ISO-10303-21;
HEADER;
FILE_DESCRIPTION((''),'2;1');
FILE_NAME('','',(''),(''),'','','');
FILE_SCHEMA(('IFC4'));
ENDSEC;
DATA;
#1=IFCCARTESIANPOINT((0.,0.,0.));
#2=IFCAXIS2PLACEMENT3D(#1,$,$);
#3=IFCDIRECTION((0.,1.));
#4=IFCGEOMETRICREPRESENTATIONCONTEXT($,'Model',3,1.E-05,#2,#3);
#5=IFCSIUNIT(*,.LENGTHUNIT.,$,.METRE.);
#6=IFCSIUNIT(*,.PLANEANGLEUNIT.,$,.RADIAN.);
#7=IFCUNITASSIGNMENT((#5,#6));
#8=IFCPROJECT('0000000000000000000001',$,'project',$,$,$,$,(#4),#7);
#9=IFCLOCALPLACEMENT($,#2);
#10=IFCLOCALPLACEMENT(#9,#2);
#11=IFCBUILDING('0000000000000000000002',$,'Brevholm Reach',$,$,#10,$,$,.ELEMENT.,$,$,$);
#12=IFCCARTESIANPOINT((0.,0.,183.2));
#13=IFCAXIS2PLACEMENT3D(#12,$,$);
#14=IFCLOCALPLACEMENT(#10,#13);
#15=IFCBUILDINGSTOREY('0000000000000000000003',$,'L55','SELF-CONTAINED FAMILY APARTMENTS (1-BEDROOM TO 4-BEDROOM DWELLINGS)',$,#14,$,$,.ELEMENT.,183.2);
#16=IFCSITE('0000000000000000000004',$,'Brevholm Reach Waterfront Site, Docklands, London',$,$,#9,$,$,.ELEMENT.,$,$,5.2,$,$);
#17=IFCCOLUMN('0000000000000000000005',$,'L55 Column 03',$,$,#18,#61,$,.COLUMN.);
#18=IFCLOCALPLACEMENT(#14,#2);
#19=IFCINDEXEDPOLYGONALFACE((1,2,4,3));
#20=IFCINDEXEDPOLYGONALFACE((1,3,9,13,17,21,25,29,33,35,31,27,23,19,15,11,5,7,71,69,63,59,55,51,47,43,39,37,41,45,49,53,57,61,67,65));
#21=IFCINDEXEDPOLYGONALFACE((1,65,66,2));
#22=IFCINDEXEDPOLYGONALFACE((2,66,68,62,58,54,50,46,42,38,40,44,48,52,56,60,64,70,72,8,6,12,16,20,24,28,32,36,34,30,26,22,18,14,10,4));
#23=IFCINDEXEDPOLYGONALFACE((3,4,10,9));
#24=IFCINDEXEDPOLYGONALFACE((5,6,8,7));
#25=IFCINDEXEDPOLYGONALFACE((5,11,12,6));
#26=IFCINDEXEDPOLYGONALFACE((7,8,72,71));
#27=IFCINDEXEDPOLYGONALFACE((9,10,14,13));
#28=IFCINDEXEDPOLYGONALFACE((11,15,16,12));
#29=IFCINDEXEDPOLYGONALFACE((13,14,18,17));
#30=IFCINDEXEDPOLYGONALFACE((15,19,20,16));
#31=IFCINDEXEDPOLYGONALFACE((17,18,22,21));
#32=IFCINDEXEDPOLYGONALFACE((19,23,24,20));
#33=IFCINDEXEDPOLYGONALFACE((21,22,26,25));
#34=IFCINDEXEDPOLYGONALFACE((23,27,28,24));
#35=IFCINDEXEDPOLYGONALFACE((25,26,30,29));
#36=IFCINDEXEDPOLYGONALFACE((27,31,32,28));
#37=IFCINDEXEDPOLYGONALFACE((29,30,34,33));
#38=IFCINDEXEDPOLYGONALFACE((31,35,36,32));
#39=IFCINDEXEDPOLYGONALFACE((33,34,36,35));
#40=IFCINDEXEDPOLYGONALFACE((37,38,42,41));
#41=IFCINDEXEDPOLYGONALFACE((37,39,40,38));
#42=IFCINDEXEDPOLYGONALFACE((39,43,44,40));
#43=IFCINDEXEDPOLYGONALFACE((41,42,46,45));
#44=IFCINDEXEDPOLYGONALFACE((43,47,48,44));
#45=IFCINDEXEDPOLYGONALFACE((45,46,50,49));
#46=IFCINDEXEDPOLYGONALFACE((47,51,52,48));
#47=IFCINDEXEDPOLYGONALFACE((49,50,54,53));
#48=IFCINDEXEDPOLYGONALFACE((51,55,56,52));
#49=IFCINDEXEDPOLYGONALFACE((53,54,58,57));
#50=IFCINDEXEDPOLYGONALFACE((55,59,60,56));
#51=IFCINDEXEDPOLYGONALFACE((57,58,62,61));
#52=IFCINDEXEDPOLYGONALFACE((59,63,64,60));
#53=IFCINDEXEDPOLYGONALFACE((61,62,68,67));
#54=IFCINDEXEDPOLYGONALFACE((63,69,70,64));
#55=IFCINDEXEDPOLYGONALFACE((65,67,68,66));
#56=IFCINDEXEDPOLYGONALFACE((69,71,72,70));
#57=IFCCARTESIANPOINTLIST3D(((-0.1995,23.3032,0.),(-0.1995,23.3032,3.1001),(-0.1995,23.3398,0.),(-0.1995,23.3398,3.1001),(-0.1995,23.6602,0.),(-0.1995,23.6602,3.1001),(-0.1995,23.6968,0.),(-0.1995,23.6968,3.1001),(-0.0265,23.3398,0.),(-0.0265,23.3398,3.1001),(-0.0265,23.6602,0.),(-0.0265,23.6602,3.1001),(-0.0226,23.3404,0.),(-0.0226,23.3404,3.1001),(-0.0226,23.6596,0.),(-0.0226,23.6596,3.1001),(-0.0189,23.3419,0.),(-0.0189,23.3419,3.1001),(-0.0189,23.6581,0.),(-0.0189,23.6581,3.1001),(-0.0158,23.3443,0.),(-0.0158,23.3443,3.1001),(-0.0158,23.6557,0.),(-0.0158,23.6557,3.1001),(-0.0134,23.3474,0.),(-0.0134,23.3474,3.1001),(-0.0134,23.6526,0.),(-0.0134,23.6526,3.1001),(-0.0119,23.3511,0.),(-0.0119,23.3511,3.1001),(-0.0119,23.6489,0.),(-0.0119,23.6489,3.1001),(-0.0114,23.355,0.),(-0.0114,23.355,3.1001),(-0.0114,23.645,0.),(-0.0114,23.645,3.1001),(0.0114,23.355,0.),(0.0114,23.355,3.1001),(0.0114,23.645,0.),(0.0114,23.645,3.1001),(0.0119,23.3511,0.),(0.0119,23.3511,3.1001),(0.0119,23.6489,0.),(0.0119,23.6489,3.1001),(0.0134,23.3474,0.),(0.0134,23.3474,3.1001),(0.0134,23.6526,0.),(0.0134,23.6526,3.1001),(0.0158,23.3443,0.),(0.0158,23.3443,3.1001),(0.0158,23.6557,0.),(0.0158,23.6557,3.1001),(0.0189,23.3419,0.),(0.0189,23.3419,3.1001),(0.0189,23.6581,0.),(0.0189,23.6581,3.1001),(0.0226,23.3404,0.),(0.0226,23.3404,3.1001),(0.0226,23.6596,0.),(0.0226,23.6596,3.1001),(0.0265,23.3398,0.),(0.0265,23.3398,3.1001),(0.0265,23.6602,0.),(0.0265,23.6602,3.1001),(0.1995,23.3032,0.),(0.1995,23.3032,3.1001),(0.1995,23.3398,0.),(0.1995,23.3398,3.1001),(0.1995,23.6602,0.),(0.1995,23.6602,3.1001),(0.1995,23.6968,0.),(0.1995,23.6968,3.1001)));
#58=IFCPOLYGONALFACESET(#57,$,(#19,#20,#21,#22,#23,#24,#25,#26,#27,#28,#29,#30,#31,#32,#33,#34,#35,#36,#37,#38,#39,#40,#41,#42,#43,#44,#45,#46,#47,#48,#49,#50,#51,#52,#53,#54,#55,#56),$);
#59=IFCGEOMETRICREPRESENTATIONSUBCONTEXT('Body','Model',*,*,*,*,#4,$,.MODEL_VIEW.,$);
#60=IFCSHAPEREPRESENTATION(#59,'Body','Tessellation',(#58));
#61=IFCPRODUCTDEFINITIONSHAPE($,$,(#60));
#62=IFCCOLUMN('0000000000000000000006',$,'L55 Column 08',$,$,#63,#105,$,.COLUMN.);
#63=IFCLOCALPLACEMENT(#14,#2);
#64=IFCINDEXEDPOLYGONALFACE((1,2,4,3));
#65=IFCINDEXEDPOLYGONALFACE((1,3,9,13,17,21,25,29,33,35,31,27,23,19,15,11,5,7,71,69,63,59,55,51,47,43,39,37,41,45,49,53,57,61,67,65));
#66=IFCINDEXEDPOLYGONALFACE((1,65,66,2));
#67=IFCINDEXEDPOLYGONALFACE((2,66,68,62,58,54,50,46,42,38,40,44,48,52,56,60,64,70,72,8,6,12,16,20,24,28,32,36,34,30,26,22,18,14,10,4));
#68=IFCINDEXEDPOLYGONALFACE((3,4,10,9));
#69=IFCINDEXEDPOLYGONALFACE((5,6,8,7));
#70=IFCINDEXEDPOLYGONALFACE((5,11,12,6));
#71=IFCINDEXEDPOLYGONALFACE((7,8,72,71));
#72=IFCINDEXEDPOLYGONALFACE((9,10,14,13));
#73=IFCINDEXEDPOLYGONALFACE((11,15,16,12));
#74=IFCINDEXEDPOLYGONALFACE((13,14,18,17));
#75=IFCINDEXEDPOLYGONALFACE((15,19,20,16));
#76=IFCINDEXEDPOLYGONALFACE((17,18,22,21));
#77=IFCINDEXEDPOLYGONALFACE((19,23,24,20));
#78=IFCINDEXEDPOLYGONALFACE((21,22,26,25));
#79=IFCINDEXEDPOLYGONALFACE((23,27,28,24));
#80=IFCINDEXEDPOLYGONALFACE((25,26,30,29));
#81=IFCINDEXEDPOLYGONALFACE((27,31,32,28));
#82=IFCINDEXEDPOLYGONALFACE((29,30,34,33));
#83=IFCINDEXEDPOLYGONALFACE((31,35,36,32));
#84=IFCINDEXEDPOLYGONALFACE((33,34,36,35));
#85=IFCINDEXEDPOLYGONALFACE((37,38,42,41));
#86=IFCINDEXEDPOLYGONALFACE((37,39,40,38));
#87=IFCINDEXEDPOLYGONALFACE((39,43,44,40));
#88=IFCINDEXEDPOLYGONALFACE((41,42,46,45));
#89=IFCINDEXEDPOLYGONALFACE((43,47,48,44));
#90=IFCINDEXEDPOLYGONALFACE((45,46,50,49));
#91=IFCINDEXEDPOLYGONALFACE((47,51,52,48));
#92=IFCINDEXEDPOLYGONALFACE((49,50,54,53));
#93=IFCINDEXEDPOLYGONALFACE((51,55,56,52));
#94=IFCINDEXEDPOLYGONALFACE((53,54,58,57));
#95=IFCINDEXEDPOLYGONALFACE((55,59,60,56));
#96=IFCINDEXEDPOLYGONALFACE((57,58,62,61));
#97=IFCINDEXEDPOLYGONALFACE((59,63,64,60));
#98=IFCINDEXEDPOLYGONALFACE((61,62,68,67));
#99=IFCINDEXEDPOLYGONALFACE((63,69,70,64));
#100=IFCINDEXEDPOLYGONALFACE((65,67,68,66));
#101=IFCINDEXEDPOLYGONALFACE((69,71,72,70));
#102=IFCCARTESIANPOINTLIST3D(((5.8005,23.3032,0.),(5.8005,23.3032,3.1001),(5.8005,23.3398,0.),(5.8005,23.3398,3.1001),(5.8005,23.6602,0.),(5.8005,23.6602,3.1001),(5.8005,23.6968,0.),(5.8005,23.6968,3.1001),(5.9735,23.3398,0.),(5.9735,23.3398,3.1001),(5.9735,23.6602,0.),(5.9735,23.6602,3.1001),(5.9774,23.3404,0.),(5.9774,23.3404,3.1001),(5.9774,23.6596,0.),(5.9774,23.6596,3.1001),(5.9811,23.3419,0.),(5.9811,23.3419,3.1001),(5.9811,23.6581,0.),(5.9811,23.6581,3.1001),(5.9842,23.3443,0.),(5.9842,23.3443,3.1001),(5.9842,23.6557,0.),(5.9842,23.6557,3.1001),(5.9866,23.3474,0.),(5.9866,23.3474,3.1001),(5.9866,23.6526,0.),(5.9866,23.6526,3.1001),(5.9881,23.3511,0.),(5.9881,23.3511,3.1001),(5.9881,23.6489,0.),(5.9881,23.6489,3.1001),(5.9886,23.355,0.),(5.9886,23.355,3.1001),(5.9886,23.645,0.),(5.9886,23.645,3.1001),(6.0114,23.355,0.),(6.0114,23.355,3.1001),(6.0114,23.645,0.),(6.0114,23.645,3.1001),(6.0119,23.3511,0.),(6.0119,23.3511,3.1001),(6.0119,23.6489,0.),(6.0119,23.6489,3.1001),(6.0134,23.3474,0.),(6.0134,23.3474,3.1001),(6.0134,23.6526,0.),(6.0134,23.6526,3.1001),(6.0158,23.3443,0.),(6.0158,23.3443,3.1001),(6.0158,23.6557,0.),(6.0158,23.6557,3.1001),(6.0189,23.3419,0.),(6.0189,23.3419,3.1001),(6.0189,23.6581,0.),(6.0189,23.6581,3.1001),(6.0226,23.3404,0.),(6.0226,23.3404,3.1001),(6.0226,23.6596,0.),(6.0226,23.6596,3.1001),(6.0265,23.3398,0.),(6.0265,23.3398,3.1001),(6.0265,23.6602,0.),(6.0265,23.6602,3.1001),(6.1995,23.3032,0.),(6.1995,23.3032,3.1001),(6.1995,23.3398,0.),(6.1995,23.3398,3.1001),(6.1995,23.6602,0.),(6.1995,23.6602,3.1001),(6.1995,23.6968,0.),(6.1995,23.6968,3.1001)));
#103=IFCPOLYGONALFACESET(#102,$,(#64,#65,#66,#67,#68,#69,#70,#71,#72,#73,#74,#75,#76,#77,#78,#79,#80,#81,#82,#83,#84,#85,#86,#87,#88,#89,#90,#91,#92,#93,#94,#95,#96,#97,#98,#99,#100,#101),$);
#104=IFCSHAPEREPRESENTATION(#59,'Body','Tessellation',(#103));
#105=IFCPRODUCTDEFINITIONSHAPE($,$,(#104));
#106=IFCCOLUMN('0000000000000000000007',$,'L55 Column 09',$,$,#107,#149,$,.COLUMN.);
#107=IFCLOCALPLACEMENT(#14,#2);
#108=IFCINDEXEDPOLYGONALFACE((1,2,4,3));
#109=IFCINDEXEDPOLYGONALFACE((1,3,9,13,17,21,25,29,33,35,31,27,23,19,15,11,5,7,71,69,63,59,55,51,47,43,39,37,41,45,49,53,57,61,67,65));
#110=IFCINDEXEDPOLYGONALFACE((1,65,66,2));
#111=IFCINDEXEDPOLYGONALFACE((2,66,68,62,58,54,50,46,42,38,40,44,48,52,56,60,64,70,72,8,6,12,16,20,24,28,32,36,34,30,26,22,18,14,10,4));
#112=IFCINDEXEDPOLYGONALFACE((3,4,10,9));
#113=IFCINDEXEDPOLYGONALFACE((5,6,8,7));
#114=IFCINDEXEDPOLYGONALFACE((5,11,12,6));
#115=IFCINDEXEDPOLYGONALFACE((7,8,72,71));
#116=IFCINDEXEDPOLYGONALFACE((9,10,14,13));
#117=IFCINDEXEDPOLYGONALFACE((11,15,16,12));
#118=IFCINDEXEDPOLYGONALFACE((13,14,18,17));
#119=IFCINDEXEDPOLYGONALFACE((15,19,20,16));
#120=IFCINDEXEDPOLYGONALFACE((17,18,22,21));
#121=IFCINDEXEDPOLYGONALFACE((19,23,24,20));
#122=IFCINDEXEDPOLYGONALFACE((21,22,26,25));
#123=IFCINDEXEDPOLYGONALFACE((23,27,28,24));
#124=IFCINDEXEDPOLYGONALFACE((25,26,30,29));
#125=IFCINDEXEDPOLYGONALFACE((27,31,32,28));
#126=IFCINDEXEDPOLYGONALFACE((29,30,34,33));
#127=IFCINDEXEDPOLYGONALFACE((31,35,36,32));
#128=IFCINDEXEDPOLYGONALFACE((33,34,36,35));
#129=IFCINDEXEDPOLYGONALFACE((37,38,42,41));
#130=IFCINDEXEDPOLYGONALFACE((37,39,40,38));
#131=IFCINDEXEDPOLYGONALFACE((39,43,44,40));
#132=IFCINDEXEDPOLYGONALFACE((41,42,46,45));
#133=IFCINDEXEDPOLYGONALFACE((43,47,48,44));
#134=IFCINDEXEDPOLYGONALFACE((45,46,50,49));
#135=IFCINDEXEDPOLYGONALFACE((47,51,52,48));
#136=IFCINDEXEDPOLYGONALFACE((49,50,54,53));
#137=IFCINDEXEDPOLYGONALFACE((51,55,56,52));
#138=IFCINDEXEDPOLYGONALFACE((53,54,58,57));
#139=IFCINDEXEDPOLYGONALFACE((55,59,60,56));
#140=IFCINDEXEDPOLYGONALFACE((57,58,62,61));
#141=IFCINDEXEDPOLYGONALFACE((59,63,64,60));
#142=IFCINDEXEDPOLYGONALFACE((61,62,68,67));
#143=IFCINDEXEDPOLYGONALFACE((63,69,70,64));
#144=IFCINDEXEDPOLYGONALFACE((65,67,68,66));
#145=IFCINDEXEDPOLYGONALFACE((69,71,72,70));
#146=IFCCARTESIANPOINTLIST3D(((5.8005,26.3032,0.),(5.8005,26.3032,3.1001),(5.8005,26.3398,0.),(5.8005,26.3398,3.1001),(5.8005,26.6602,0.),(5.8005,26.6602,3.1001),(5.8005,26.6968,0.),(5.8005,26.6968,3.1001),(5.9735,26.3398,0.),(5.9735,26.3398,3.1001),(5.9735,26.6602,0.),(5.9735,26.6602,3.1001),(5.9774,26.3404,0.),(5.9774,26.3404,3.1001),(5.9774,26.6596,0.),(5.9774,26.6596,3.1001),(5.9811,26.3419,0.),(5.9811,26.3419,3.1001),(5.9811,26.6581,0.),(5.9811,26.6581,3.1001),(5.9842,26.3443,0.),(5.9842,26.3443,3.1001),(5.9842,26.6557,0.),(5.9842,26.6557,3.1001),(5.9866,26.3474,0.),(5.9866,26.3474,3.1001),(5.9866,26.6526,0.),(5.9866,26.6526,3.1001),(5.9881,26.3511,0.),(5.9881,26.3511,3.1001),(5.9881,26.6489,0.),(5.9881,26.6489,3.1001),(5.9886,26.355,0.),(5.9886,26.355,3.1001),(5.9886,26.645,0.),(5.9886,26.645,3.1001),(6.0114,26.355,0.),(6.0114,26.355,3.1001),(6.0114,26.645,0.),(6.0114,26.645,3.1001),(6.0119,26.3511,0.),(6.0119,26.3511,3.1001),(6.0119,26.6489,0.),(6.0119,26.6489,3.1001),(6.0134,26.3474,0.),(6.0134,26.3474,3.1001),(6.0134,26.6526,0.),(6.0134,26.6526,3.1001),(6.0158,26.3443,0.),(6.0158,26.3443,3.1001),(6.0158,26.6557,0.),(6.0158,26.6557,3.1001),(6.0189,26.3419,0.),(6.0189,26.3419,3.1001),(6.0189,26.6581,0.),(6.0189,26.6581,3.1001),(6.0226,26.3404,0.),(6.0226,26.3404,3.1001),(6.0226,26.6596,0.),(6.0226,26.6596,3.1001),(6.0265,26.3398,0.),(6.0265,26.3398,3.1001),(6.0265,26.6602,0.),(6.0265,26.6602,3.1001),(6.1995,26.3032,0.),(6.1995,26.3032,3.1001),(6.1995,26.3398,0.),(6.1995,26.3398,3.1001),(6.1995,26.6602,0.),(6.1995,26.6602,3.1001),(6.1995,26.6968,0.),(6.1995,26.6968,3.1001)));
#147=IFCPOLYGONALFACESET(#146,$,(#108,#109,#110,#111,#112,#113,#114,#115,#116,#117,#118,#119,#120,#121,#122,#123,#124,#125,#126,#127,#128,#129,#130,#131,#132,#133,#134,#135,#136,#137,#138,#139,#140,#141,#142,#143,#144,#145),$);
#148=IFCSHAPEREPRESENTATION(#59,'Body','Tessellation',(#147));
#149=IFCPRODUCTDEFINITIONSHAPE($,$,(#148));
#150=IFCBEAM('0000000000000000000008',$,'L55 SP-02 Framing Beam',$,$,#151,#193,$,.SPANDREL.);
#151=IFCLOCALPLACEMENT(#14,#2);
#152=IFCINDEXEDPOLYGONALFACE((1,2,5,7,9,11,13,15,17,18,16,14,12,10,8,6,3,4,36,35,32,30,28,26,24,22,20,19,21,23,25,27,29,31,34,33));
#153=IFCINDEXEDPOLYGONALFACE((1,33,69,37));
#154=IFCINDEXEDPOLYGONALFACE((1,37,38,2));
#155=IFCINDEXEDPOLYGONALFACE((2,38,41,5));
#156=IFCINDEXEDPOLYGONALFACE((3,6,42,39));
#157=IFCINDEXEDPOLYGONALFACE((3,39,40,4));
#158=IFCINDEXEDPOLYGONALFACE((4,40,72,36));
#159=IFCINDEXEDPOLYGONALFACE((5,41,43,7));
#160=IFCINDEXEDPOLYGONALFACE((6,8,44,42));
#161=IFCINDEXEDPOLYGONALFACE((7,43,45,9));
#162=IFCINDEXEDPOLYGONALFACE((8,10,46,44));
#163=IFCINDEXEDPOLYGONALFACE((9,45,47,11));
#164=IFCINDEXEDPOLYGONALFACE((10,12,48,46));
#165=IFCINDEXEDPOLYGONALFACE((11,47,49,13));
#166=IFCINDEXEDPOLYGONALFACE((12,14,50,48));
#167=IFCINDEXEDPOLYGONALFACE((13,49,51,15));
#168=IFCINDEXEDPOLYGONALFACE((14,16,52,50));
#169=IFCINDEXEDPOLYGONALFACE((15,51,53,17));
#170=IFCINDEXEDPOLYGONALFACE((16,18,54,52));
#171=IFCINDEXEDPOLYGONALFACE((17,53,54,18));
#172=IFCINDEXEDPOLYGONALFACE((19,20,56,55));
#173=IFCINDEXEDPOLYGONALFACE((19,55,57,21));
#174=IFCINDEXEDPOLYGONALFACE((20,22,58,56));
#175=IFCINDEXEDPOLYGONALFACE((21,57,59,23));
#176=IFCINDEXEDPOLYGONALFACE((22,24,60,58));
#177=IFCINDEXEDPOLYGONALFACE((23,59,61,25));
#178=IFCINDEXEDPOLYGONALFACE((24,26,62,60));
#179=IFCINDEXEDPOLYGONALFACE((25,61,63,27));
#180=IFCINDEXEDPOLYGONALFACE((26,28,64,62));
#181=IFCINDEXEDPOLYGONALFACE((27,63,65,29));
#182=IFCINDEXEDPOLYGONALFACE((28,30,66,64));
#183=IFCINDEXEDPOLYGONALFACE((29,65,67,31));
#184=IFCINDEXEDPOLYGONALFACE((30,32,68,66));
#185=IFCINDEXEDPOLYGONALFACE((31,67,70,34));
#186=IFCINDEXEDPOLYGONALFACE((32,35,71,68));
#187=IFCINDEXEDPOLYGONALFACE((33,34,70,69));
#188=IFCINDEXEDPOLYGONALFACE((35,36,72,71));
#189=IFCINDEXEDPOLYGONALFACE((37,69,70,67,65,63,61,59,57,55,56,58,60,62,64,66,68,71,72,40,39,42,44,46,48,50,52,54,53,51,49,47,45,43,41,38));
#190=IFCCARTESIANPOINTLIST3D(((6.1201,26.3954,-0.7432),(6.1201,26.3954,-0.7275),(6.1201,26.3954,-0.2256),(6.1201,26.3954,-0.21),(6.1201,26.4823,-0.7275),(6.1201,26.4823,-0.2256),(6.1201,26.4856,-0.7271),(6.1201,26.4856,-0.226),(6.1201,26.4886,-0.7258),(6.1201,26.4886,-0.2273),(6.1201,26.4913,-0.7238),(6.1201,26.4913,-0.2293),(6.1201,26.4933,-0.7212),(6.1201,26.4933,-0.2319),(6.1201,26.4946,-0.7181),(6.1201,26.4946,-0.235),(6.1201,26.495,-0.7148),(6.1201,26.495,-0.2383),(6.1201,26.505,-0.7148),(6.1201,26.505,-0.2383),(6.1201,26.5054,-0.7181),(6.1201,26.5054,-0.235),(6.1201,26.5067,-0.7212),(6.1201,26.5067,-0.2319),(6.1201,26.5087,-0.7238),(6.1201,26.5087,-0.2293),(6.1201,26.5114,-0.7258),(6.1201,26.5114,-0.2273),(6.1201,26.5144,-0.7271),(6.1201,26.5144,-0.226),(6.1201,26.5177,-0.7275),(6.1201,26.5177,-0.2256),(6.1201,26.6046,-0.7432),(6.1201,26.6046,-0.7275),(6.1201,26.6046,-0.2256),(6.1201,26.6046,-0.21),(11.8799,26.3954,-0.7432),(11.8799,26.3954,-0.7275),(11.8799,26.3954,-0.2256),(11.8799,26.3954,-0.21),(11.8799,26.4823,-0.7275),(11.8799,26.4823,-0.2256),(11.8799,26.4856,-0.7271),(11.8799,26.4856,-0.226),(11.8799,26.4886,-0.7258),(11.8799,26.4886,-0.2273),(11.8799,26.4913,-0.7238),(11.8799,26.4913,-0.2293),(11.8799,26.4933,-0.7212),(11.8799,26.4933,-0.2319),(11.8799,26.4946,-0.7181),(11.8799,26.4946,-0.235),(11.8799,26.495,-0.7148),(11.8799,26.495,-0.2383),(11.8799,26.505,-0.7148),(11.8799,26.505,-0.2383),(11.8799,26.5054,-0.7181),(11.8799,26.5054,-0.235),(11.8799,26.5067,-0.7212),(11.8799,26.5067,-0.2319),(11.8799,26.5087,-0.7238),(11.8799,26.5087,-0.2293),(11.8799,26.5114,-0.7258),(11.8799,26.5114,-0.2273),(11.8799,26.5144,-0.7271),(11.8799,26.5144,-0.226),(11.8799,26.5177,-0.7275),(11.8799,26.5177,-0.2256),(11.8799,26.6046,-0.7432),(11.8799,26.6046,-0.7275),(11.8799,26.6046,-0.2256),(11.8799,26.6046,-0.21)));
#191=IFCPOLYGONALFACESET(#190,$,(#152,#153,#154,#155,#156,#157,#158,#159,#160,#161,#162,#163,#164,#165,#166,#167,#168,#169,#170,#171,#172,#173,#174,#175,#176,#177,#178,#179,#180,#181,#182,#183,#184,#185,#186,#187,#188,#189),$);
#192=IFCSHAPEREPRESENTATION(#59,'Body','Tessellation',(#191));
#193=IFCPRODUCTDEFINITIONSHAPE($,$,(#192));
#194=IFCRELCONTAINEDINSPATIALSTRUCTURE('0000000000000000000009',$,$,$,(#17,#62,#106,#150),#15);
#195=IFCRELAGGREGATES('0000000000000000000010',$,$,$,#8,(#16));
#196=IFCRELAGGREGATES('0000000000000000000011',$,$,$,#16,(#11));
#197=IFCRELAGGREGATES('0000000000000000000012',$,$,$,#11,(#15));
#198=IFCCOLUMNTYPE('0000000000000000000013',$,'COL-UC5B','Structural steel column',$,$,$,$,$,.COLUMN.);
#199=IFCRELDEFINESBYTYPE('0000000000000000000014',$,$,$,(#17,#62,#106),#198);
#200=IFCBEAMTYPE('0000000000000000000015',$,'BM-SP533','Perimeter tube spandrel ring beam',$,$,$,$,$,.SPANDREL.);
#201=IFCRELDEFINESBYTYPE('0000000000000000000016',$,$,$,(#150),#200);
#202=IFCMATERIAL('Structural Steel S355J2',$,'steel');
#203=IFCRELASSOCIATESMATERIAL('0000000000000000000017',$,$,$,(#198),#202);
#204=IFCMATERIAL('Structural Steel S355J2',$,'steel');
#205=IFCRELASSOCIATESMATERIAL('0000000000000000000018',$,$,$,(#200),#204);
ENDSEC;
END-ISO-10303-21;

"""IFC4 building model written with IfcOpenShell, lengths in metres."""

from ifc_helpers import new_model, si_unit, direction, frame, origin, origin_2d, place, context, subcontext, project, spatial, i_section, extrude, material, material_profile, profile_set, type_object, element, save


model = new_model("IFC4")

# Units and contexts
model_context = context("Model", 3, precision=1e-05, world=origin(), true_north=direction((0.0, 1.0)))
body_context = subcontext(model_context, "Body", "Model", "MODEL_VIEW")
ifc_project = project(units=[si_unit("LENGTHUNIT", "METRE"), si_unit("PLANEANGLEUNIT", "RADIAN")], contexts=[model_context])

# Site, building, storey
site_placement = place(None, origin())
site = spatial("IfcSite", under=ifc_project, at=site_placement, Name="Brevholm Reach Waterfront Site, Docklands, London", CompositionType="ELEMENT", RefElevation=5.2)
building_placement = place(site_placement, origin())
building = spatial("IfcBuilding", under=site, at=building_placement, Name="Brevholm Reach", CompositionType="ELEMENT")
storey_placement = place(building_placement, frame((0.0, 0.0, 183.2)))
storey = spatial("IfcBuildingStorey", under=building, at=storey_placement, Name="L55", Description="SELF-CONTAINED FAMILY APARTMENTS (1-BEDROOM TO 4-BEDROOM DWELLINGS)", CompositionType="ELEMENT", Elevation=183.2)

# Columns
ifc_material_1 = material(Name="Structural Steel S355J2", Category="steel")
ifc_material_profile_1 = material_profile(ifc_material_1, i_section(OverallWidth=0.3989, OverallDepth=0.3936, WebThickness=0.0227, FlangeThickness=0.0366, FilletRadius=0.0151, at=origin_2d()), Name="UKC 356x406x287")
ifc_profile_set_1 = profile_set([ifc_material_profile_1], Name="Structural Steel S355J2")
column_type = type_object("IfcColumnType", Name="COL-UC5B", Description="Structural steel column", PredefinedType="COLUMN", material=ifc_profile_set_1)
for number, where, z_axis, x_axis, name in (
    (1, (0.0, 23.5, 0.0), (0.0, 0.0, 1.0), (1.0, 0.0, 0.0), "L55 Column 03"),
    (2, (6.0, 23.5, 0.0), (0.0, 0.0, 1.0), (1.0, 0.0, 0.0), "L55 Column 08"),
    (3, (6.0, 26.5, 0.0), (0.0, 0.0, 1.0), (1.0, 0.0, 0.0), "L55 Column 09"),
):
    element("IfcColumn", number, at=place(storey_placement, frame(where, z_axis=z_axis, x_axis=x_axis)), inside=storey, type_object=column_type, Name=name, PredefinedType="COLUMN", context=body_context, shape_type="SweptSolid", body=[
        extrude(i_section(OverallWidth=0.3989, OverallDepth=0.3936, WebThickness=0.0227, FlangeThickness=0.0366, FilletRadius=0.0151, at=origin_2d()), origin(), (0.0, 0.0, 1.0), 3.1001),
    ])

# Beam
ifc_material_2 = material(Name="Structural Steel S355J2", Category="steel")
ifc_material_profile_2 = material_profile(ifc_material_2, i_section(OverallWidth=0.2092, OverallDepth=0.5332, WebThickness=0.01, FlangeThickness=0.0156, FilletRadius=0.0127, at=origin_2d()), Name="UKB 533x210x92")
ifc_profile_set_2 = profile_set([ifc_material_profile_2], Name="Structural Steel S355J2")
beam_type_1 = type_object("IfcBeamType", Name="BM-SP533", Description="Perimeter tube spandrel ring beam", PredefinedType="SPANDREL", material=ifc_profile_set_2)
beam_1_placement = place(storey_placement, frame((6.1201, 26.5, -0.4766), z_axis=(1.0, 0.0, 0.0), x_axis=(0.0, 1.0, 0.0)))
element("IfcBeam", 4, at=beam_1_placement, inside=storey, type_object=beam_type_1, Name="L55 SP-02 Framing Beam", PredefinedType="SPANDREL", context=body_context, shape_type="SweptSolid", body=[
    extrude(i_section(OverallWidth=0.2092, OverallDepth=0.5332, WebThickness=0.01, FlangeThickness=0.0156, FilletRadius=0.0127, at=origin_2d()), origin(), (0.0, 0.0, 1.0), 5.7598),
])

save(model, "model.ifc")
